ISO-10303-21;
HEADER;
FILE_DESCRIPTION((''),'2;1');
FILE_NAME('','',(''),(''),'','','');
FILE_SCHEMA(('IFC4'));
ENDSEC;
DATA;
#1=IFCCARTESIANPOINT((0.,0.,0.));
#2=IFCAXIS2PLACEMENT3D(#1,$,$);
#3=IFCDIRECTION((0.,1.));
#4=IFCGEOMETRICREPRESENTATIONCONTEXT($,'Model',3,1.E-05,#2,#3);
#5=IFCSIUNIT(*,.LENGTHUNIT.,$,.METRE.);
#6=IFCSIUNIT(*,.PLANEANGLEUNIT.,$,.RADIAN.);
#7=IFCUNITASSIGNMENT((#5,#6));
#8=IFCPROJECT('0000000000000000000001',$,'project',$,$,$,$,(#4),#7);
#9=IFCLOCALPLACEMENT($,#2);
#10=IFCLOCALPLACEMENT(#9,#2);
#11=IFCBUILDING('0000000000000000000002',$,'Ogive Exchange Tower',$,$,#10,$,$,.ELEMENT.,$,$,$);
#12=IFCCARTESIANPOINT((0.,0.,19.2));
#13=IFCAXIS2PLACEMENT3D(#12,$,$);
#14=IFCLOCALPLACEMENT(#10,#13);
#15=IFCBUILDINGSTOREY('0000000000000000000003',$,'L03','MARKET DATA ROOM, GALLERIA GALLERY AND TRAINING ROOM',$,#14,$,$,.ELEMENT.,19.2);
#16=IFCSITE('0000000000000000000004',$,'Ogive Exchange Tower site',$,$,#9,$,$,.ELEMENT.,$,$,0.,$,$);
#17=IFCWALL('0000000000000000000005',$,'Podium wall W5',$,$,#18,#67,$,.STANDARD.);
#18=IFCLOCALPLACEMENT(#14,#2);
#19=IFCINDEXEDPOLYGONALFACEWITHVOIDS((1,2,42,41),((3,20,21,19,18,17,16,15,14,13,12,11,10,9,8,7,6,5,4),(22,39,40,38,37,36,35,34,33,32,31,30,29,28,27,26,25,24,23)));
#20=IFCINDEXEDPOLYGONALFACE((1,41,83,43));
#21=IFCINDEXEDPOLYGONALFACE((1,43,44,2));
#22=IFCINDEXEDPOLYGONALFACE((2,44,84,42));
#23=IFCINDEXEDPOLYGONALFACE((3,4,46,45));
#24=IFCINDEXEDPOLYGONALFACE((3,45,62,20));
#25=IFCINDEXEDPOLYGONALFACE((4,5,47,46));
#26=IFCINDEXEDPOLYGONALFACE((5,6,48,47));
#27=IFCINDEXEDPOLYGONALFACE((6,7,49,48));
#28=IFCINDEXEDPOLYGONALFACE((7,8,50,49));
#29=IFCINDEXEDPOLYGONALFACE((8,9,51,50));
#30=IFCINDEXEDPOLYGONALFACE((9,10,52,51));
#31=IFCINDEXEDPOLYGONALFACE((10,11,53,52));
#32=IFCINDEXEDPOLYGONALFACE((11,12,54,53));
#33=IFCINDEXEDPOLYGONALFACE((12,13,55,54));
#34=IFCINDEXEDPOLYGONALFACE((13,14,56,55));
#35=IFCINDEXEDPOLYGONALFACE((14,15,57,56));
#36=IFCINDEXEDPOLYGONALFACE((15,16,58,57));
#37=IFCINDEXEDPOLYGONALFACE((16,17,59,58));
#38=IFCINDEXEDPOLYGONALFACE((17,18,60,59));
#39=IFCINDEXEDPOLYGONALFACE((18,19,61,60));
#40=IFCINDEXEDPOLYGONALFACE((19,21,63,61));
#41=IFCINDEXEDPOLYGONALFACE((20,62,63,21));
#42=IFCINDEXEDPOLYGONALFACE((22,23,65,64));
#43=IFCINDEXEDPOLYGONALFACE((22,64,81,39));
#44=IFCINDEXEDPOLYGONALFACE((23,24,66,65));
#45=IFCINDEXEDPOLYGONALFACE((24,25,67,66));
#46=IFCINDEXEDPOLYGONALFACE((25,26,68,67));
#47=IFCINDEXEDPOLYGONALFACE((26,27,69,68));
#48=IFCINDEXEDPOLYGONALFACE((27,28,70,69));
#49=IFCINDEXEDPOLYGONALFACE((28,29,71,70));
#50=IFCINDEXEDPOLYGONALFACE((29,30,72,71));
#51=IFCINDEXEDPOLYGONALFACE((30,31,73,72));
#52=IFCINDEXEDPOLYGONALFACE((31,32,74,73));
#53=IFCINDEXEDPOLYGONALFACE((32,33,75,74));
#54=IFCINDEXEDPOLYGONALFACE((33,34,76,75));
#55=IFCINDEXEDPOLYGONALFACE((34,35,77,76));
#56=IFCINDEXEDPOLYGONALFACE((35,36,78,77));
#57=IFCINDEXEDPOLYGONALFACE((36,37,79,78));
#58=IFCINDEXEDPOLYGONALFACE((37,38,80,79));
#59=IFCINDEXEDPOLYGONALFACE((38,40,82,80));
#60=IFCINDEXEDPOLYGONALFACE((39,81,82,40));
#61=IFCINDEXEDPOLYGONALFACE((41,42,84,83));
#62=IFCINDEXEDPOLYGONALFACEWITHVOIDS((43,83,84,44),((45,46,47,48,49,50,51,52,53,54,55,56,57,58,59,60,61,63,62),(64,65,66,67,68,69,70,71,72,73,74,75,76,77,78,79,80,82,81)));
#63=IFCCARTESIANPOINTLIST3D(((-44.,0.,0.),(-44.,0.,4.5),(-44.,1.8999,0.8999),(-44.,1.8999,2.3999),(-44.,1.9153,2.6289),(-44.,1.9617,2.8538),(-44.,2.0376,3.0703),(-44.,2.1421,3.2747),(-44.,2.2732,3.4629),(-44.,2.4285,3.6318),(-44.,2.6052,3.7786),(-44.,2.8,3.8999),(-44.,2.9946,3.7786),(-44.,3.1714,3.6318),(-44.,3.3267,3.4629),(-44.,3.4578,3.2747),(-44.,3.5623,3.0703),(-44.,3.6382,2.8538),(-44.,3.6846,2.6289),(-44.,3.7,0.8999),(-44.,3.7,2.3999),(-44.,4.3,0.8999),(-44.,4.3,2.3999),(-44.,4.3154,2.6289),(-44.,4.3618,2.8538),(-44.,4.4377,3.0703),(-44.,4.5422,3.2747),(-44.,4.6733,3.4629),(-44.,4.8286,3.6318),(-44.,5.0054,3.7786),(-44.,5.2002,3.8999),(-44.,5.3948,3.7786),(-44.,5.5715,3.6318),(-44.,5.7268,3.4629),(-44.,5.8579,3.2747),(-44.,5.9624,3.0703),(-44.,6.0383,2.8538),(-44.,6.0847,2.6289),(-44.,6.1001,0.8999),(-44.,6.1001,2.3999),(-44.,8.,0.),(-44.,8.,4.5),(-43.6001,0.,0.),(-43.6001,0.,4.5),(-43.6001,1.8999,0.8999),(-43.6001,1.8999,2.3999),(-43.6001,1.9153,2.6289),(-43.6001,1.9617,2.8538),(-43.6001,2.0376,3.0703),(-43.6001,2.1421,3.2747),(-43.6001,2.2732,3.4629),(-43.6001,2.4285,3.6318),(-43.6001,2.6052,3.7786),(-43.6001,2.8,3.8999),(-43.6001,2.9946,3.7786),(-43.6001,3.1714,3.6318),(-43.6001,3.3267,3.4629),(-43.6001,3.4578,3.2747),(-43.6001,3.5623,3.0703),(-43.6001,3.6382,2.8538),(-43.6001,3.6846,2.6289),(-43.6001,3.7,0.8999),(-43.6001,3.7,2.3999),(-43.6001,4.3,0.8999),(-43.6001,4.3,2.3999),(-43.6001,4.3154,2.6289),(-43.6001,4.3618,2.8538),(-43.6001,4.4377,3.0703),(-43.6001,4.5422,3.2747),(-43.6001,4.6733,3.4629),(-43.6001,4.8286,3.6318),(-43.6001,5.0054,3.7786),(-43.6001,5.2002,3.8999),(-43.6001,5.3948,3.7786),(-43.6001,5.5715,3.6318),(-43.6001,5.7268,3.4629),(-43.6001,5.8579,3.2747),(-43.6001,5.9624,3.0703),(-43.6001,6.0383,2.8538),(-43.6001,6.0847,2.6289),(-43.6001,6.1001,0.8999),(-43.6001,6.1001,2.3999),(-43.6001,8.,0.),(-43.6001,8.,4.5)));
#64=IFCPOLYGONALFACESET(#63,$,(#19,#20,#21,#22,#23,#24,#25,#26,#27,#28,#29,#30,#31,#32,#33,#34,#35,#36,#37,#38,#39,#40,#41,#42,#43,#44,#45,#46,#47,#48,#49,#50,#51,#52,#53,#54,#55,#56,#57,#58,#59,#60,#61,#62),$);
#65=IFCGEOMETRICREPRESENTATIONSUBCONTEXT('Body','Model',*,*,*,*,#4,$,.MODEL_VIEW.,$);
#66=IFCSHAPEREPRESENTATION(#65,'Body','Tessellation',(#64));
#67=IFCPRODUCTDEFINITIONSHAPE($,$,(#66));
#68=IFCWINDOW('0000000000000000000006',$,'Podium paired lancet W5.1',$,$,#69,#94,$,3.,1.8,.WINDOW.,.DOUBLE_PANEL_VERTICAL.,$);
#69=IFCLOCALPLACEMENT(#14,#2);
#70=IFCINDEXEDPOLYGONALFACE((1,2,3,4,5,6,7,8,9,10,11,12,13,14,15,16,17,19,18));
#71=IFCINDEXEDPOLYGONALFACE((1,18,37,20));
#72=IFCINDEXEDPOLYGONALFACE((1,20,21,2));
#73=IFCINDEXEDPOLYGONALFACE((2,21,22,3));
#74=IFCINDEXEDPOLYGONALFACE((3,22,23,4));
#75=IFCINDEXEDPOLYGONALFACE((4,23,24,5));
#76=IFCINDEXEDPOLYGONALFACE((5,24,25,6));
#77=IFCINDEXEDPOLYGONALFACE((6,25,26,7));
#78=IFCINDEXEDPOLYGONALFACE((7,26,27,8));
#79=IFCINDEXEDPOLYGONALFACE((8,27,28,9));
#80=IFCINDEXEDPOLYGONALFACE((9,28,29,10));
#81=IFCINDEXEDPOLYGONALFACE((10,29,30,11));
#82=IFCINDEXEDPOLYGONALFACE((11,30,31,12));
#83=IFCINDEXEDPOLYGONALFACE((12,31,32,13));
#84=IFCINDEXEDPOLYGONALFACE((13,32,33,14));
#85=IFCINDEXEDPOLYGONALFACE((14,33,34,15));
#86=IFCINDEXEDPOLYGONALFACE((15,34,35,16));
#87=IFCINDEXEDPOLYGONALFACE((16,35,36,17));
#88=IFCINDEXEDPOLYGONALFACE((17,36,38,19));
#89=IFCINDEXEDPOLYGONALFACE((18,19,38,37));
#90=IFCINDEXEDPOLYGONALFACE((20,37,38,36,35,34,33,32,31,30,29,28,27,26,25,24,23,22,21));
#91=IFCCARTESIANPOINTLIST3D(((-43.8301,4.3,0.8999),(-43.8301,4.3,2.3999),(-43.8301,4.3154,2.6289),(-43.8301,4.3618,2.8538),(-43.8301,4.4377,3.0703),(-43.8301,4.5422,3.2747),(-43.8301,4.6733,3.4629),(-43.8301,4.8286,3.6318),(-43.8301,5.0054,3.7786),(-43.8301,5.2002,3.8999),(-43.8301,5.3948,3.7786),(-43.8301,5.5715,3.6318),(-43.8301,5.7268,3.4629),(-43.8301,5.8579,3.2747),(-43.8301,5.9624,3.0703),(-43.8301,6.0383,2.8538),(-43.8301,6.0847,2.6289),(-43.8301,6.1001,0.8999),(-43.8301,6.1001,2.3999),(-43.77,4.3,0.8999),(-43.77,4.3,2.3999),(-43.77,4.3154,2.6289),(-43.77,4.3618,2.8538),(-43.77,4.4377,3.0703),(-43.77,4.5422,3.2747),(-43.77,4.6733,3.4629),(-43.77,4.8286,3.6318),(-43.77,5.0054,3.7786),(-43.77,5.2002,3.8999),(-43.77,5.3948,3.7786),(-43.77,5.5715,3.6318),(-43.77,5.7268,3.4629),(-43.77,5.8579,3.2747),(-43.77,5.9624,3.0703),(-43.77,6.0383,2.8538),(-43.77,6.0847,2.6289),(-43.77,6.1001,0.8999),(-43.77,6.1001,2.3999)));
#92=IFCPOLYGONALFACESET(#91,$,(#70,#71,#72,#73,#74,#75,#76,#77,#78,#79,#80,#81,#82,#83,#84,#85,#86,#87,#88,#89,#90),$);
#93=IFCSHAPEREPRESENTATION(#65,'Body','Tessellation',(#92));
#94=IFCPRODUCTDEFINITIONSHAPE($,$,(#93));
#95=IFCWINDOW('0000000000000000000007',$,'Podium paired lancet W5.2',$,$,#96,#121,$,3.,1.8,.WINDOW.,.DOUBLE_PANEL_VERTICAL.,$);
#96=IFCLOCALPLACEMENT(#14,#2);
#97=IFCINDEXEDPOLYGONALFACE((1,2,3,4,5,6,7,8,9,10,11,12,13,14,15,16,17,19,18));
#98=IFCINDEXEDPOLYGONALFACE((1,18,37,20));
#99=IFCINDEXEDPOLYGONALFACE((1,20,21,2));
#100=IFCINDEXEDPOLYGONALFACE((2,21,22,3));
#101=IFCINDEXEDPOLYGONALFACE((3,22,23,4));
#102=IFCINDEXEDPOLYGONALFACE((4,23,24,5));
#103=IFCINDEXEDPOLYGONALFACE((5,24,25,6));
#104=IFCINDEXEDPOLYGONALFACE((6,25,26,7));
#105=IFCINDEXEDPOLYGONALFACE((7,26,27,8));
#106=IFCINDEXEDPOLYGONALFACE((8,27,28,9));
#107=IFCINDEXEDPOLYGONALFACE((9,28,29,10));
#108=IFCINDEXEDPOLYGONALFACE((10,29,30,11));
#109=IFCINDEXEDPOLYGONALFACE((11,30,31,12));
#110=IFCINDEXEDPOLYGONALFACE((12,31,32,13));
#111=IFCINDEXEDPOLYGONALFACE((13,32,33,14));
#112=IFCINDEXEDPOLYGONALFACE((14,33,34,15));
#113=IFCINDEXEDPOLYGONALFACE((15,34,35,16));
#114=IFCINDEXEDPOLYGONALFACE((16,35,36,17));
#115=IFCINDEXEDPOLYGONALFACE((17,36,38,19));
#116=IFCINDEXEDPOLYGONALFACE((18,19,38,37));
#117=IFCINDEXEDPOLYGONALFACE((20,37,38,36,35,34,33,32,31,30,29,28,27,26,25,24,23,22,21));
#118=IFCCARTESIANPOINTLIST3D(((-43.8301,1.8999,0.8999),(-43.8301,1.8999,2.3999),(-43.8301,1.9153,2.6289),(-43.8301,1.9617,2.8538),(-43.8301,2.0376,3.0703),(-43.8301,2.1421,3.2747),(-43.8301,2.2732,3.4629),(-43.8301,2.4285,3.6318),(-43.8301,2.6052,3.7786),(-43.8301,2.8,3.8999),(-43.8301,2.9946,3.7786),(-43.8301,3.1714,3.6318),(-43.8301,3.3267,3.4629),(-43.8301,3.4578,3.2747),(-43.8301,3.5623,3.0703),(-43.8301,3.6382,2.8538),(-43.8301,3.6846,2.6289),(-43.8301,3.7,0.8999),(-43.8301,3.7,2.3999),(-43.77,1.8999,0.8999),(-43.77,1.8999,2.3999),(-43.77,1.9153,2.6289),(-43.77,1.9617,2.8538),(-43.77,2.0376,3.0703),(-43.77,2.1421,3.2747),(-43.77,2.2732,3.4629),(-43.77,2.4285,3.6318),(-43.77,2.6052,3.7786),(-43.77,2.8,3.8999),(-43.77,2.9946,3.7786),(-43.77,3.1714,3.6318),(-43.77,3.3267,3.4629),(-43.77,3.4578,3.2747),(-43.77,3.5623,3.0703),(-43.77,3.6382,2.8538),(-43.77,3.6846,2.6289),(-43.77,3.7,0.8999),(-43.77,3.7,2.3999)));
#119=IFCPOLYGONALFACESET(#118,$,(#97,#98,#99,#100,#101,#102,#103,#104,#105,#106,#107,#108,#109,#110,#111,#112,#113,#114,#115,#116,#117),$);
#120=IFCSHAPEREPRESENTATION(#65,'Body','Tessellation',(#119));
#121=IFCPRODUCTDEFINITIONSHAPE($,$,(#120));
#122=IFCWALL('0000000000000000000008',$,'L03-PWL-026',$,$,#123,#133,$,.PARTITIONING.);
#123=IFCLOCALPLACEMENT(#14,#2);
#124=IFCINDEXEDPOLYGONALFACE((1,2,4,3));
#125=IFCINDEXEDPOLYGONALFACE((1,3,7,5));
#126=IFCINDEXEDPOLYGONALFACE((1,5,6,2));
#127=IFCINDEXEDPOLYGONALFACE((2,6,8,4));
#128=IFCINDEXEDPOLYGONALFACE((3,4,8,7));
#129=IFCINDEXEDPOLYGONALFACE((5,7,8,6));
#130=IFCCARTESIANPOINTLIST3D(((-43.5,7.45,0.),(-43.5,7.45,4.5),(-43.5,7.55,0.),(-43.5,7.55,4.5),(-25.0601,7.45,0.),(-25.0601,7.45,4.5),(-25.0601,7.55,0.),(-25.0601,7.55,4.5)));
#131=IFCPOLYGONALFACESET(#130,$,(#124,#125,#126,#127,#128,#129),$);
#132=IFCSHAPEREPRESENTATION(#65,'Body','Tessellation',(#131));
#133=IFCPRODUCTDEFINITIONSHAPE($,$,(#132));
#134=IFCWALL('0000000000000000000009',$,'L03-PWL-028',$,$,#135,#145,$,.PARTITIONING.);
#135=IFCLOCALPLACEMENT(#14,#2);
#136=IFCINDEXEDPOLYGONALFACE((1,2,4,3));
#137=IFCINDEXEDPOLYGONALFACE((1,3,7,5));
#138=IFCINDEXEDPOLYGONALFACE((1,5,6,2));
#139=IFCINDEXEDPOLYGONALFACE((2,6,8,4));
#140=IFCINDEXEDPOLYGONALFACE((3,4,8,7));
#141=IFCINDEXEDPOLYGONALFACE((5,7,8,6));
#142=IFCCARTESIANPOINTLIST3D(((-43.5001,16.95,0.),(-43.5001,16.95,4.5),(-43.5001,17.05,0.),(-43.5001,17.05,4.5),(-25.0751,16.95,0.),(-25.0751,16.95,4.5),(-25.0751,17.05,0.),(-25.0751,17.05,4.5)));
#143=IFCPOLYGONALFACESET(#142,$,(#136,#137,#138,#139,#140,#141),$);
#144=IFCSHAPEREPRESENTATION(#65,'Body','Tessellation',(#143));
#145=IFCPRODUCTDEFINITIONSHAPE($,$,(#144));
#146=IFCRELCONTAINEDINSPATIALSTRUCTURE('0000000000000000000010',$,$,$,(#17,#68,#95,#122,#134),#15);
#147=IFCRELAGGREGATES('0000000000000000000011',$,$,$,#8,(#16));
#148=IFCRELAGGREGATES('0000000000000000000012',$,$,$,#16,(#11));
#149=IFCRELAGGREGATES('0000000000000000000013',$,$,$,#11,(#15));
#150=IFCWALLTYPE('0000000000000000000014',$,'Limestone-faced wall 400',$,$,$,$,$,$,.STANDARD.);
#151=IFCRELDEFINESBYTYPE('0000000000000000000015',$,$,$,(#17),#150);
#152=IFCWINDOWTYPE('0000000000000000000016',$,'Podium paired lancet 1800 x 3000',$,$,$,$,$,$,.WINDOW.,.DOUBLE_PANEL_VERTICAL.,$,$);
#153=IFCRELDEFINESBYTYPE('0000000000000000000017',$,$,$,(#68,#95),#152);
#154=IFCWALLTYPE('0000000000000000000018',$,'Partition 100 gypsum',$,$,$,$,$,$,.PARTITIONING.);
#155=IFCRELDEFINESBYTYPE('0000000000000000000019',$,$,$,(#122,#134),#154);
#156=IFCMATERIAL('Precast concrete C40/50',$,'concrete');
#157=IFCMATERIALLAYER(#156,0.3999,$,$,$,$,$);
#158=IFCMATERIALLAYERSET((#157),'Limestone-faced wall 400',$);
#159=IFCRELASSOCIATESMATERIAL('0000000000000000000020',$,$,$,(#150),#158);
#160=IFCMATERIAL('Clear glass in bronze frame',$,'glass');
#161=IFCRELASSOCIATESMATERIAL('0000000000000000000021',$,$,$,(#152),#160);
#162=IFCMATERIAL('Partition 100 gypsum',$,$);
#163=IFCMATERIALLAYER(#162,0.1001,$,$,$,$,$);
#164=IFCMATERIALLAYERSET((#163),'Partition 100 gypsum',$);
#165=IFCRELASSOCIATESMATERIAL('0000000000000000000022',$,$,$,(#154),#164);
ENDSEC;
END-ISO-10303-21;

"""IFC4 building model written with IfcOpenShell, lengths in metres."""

from ifc_helpers import new_model, si_unit, direction, frame, frame_2d, origin, place, context, subcontext, project, spatial, polyline, rectangle, outline, extrude, material, layer, layer_set, type_object, element, fill, save


model = new_model("IFC4")

# Units and contexts
model_context = context("Model", 3, precision=1e-05, world=origin(), true_north=direction((0.0, 1.0)))
body_context = subcontext(model_context, "Body", "Model", "MODEL_VIEW")
ifc_project = project(units=[si_unit("LENGTHUNIT", "METRE"), si_unit("PLANEANGLEUNIT", "RADIAN")], contexts=[model_context])

# Site, building, storey
site_placement = place(None, origin())
site = spatial("IfcSite", under=ifc_project, at=site_placement, Name="Ogive Exchange Tower site", CompositionType="ELEMENT", RefElevation=0.0)
building_placement = place(site_placement, origin())
building = spatial("IfcBuilding", under=site, at=building_placement, Name="Ogive Exchange Tower", CompositionType="ELEMENT")
storey_placement = place(building_placement, frame((0.0, 0.0, 19.2)))
storey = spatial("IfcBuildingStorey", under=building, at=storey_placement, Name="L03", Description="MARKET DATA ROOM, GALLERIA GALLERY AND TRAINING ROOM", CompositionType="ELEMENT", Elevation=19.2)

# Wall, openings, windows
ifc_material_1 = material(Name="Precast concrete C40/50", Category="concrete")
ifc_layer_1 = layer(ifc_material_1, 0.3999)
ifc_layer_set_1 = layer_set([ifc_layer_1], Name="Limestone-faced wall 400")
wall_type_1 = type_object("IfcWallType", Name="Limestone-faced wall 400", PredefinedType="STANDARD", material=ifc_layer_set_1)
ifc_material_2 = material(Name="Clear glass in bronze frame", Category="glass")
window_type = type_object("IfcWindowType", Name="Podium paired lancet 1800 x 3000", PartitioningType="DOUBLE_PANEL_VERTICAL", PredefinedType="WINDOW", material=ifc_material_2)
wall_1_placement = place(storey_placement, frame((-43.8, 8.0, 0.0), z_axis=(0.0, 0.0, 1.0), x_axis=(0.0, -1.0, 0.0)))
wall_1 = element("IfcWall", 1, at=wall_1_placement, inside=storey, type_object=wall_type_1, Name="Podium wall W5", PredefinedType="STANDARD", context=body_context, shape_type="SweptSolid", body=[
    extrude(rectangle(XDim=8.0, YDim=0.3999, at=frame_2d((4.0, 0.0))), origin(), (0.0, 0.0, 1.0), 4.5),
])
opening_1_placement = place(wall_1_placement, frame((1.8999, 0.0, 0.8999)))
opening_1 = element("IfcOpeningElement", 2, at=opening_1_placement, cuts=wall_1, PredefinedType="OPENING", context=body_context, shape_type="SweptSolid", body=[
    extrude(outline(polyline([(0.0, 0.0), (1.8, 0.0), (1.8, 1.5), (1.7847, 1.729), (1.7383, 1.9539), (1.6624, 2.1704), (1.5579, 2.3748), (1.4268, 2.563), (1.2715, 2.7319), (1.0947, 2.8787), (0.8999, 3.0), (0.7053, 2.8787), (0.5286, 2.7319), (0.3733, 2.563), (0.2422, 2.3748), (0.1377, 2.1704), (0.0618, 1.9539), (0.0154, 1.729), (0.0, 1.5), (0.0, 0.0)])), frame((0.0, 0.21, 0.0), z_axis=(0.0, -1.0, 0.0), x_axis=(1.0, 0.0, 0.0)), (0.0, 0.0, 1.0), 0.4199),
])
opening_2_placement = place(wall_1_placement, frame((4.3, 0.0, 0.8999)))
opening_2 = element("IfcOpeningElement", 3, at=opening_2_placement, cuts=wall_1, PredefinedType="OPENING", context=body_context, shape_type="SweptSolid", body=[
    extrude(outline(polyline([(0.0, 0.0), (1.8, 0.0), (1.8, 1.5), (1.7847, 1.729), (1.7383, 1.9539), (1.6624, 2.1704), (1.5579, 2.3748), (1.4268, 2.563), (1.2715, 2.7319), (1.0947, 2.8787), (0.8999, 3.0), (0.7053, 2.8787), (0.5286, 2.7319), (0.3733, 2.563), (0.2422, 2.3748), (0.1377, 2.1704), (0.0618, 1.9539), (0.0154, 1.729), (0.0, 1.5), (0.0, 0.0)])), frame((0.0, 0.21, 0.0), z_axis=(0.0, -1.0, 0.0), x_axis=(1.0, 0.0, 0.0)), (0.0, 0.0, 1.0), 0.4199),
])
window_1_placement = place(opening_1_placement, origin())
window_1 = element("IfcWindow", 4, at=window_1_placement, inside=storey, type_object=window_type, Name="Podium paired lancet W5.1", OverallHeight=3.0, OverallWidth=1.8, PartitioningType="DOUBLE_PANEL_VERTICAL", PredefinedType="WINDOW", context=body_context, shape_type="SweptSolid", body=[
    extrude(outline(polyline([(0.0, 0.0), (1.8, 0.0), (1.8, 1.5), (1.7847, 1.729), (1.7383, 1.9539), (1.6624, 2.1704), (1.5579, 2.3748), (1.4268, 2.563), (1.2715, 2.7319), (1.0947, 2.8787), (0.8999, 3.0), (0.7053, 2.8787), (0.5286, 2.7319), (0.3733, 2.563), (0.2422, 2.3748), (0.1377, 2.1704), (0.0618, 1.9539), (0.0154, 1.729), (0.0, 1.5), (0.0, 0.0)])), frame((0.0, 0.03, 0.0), z_axis=(0.0, -1.0, 0.0), x_axis=(1.0, 0.0, 0.0)), (0.0, 0.0, 1.0), 0.0601),
])
fill(opening_1, window_1)
window_2_placement = place(opening_2_placement, origin())
window_2 = element("IfcWindow", 5, at=window_2_placement, inside=storey, type_object=window_type, Name="Podium paired lancet W5.2", OverallHeight=3.0, OverallWidth=1.8, PartitioningType="DOUBLE_PANEL_VERTICAL", PredefinedType="WINDOW", context=body_context, shape_type="SweptSolid", body=[
    extrude(outline(polyline([(0.0, 0.0), (1.8, 0.0), (1.8, 1.5), (1.7847, 1.729), (1.7383, 1.9539), (1.6624, 2.1704), (1.5579, 2.3748), (1.4268, 2.563), (1.2715, 2.7319), (1.0947, 2.8787), (0.8999, 3.0), (0.7053, 2.8787), (0.5286, 2.7319), (0.3733, 2.563), (0.2422, 2.3748), (0.1377, 2.1704), (0.0618, 1.9539), (0.0154, 1.729), (0.0, 1.5), (0.0, 0.0)])), frame((0.0, 0.03, 0.0), z_axis=(0.0, -1.0, 0.0), x_axis=(1.0, 0.0, 0.0)), (0.0, 0.0, 1.0), 0.0601),
])
fill(opening_2, window_2)

# Walls
ifc_material_3 = material(Name="Partition 100 gypsum")
ifc_layer_2 = layer(ifc_material_3, 0.1001)
ifc_layer_set_2 = layer_set([ifc_layer_2], Name="Partition 100 gypsum")
wall_type_2 = type_object("IfcWallType", Name="Partition 100 gypsum", PredefinedType="PARTITIONING", material=ifc_layer_set_2)
wall_2_placement = place(storey_placement, frame((-43.5, 7.5, 0.0), z_axis=(0.0, 0.0, 1.0), x_axis=(1.0, 0.0, 0.0)))
element("IfcWall", 6, at=wall_2_placement, inside=storey, type_object=wall_type_2, Name="L03-PWL-026", PredefinedType="PARTITIONING", context=body_context, shape_type="SweptSolid", body=[
    extrude(rectangle(XDim=18.4399, YDim=0.1001, at=frame_2d((9.22, 0.0))), origin(), (0.0, 0.0, 1.0), 4.5),
])
wall_3_placement = place(storey_placement, frame((-43.5, 17.0, 0.0), z_axis=(0.0, 0.0, 1.0), x_axis=(1.0, 0.0, 0.0)))
element("IfcWall", 7, at=wall_3_placement, inside=storey, type_object=wall_type_2, Name="L03-PWL-028", PredefinedType="PARTITIONING", context=body_context, shape_type="SweptSolid", body=[
    extrude(rectangle(XDim=18.425, YDim=0.1001, at=frame_2d((9.2124, 0.0))), origin(), (0.0, 0.0, 1.0), 4.5),
])

save(model, "model.ifc")
